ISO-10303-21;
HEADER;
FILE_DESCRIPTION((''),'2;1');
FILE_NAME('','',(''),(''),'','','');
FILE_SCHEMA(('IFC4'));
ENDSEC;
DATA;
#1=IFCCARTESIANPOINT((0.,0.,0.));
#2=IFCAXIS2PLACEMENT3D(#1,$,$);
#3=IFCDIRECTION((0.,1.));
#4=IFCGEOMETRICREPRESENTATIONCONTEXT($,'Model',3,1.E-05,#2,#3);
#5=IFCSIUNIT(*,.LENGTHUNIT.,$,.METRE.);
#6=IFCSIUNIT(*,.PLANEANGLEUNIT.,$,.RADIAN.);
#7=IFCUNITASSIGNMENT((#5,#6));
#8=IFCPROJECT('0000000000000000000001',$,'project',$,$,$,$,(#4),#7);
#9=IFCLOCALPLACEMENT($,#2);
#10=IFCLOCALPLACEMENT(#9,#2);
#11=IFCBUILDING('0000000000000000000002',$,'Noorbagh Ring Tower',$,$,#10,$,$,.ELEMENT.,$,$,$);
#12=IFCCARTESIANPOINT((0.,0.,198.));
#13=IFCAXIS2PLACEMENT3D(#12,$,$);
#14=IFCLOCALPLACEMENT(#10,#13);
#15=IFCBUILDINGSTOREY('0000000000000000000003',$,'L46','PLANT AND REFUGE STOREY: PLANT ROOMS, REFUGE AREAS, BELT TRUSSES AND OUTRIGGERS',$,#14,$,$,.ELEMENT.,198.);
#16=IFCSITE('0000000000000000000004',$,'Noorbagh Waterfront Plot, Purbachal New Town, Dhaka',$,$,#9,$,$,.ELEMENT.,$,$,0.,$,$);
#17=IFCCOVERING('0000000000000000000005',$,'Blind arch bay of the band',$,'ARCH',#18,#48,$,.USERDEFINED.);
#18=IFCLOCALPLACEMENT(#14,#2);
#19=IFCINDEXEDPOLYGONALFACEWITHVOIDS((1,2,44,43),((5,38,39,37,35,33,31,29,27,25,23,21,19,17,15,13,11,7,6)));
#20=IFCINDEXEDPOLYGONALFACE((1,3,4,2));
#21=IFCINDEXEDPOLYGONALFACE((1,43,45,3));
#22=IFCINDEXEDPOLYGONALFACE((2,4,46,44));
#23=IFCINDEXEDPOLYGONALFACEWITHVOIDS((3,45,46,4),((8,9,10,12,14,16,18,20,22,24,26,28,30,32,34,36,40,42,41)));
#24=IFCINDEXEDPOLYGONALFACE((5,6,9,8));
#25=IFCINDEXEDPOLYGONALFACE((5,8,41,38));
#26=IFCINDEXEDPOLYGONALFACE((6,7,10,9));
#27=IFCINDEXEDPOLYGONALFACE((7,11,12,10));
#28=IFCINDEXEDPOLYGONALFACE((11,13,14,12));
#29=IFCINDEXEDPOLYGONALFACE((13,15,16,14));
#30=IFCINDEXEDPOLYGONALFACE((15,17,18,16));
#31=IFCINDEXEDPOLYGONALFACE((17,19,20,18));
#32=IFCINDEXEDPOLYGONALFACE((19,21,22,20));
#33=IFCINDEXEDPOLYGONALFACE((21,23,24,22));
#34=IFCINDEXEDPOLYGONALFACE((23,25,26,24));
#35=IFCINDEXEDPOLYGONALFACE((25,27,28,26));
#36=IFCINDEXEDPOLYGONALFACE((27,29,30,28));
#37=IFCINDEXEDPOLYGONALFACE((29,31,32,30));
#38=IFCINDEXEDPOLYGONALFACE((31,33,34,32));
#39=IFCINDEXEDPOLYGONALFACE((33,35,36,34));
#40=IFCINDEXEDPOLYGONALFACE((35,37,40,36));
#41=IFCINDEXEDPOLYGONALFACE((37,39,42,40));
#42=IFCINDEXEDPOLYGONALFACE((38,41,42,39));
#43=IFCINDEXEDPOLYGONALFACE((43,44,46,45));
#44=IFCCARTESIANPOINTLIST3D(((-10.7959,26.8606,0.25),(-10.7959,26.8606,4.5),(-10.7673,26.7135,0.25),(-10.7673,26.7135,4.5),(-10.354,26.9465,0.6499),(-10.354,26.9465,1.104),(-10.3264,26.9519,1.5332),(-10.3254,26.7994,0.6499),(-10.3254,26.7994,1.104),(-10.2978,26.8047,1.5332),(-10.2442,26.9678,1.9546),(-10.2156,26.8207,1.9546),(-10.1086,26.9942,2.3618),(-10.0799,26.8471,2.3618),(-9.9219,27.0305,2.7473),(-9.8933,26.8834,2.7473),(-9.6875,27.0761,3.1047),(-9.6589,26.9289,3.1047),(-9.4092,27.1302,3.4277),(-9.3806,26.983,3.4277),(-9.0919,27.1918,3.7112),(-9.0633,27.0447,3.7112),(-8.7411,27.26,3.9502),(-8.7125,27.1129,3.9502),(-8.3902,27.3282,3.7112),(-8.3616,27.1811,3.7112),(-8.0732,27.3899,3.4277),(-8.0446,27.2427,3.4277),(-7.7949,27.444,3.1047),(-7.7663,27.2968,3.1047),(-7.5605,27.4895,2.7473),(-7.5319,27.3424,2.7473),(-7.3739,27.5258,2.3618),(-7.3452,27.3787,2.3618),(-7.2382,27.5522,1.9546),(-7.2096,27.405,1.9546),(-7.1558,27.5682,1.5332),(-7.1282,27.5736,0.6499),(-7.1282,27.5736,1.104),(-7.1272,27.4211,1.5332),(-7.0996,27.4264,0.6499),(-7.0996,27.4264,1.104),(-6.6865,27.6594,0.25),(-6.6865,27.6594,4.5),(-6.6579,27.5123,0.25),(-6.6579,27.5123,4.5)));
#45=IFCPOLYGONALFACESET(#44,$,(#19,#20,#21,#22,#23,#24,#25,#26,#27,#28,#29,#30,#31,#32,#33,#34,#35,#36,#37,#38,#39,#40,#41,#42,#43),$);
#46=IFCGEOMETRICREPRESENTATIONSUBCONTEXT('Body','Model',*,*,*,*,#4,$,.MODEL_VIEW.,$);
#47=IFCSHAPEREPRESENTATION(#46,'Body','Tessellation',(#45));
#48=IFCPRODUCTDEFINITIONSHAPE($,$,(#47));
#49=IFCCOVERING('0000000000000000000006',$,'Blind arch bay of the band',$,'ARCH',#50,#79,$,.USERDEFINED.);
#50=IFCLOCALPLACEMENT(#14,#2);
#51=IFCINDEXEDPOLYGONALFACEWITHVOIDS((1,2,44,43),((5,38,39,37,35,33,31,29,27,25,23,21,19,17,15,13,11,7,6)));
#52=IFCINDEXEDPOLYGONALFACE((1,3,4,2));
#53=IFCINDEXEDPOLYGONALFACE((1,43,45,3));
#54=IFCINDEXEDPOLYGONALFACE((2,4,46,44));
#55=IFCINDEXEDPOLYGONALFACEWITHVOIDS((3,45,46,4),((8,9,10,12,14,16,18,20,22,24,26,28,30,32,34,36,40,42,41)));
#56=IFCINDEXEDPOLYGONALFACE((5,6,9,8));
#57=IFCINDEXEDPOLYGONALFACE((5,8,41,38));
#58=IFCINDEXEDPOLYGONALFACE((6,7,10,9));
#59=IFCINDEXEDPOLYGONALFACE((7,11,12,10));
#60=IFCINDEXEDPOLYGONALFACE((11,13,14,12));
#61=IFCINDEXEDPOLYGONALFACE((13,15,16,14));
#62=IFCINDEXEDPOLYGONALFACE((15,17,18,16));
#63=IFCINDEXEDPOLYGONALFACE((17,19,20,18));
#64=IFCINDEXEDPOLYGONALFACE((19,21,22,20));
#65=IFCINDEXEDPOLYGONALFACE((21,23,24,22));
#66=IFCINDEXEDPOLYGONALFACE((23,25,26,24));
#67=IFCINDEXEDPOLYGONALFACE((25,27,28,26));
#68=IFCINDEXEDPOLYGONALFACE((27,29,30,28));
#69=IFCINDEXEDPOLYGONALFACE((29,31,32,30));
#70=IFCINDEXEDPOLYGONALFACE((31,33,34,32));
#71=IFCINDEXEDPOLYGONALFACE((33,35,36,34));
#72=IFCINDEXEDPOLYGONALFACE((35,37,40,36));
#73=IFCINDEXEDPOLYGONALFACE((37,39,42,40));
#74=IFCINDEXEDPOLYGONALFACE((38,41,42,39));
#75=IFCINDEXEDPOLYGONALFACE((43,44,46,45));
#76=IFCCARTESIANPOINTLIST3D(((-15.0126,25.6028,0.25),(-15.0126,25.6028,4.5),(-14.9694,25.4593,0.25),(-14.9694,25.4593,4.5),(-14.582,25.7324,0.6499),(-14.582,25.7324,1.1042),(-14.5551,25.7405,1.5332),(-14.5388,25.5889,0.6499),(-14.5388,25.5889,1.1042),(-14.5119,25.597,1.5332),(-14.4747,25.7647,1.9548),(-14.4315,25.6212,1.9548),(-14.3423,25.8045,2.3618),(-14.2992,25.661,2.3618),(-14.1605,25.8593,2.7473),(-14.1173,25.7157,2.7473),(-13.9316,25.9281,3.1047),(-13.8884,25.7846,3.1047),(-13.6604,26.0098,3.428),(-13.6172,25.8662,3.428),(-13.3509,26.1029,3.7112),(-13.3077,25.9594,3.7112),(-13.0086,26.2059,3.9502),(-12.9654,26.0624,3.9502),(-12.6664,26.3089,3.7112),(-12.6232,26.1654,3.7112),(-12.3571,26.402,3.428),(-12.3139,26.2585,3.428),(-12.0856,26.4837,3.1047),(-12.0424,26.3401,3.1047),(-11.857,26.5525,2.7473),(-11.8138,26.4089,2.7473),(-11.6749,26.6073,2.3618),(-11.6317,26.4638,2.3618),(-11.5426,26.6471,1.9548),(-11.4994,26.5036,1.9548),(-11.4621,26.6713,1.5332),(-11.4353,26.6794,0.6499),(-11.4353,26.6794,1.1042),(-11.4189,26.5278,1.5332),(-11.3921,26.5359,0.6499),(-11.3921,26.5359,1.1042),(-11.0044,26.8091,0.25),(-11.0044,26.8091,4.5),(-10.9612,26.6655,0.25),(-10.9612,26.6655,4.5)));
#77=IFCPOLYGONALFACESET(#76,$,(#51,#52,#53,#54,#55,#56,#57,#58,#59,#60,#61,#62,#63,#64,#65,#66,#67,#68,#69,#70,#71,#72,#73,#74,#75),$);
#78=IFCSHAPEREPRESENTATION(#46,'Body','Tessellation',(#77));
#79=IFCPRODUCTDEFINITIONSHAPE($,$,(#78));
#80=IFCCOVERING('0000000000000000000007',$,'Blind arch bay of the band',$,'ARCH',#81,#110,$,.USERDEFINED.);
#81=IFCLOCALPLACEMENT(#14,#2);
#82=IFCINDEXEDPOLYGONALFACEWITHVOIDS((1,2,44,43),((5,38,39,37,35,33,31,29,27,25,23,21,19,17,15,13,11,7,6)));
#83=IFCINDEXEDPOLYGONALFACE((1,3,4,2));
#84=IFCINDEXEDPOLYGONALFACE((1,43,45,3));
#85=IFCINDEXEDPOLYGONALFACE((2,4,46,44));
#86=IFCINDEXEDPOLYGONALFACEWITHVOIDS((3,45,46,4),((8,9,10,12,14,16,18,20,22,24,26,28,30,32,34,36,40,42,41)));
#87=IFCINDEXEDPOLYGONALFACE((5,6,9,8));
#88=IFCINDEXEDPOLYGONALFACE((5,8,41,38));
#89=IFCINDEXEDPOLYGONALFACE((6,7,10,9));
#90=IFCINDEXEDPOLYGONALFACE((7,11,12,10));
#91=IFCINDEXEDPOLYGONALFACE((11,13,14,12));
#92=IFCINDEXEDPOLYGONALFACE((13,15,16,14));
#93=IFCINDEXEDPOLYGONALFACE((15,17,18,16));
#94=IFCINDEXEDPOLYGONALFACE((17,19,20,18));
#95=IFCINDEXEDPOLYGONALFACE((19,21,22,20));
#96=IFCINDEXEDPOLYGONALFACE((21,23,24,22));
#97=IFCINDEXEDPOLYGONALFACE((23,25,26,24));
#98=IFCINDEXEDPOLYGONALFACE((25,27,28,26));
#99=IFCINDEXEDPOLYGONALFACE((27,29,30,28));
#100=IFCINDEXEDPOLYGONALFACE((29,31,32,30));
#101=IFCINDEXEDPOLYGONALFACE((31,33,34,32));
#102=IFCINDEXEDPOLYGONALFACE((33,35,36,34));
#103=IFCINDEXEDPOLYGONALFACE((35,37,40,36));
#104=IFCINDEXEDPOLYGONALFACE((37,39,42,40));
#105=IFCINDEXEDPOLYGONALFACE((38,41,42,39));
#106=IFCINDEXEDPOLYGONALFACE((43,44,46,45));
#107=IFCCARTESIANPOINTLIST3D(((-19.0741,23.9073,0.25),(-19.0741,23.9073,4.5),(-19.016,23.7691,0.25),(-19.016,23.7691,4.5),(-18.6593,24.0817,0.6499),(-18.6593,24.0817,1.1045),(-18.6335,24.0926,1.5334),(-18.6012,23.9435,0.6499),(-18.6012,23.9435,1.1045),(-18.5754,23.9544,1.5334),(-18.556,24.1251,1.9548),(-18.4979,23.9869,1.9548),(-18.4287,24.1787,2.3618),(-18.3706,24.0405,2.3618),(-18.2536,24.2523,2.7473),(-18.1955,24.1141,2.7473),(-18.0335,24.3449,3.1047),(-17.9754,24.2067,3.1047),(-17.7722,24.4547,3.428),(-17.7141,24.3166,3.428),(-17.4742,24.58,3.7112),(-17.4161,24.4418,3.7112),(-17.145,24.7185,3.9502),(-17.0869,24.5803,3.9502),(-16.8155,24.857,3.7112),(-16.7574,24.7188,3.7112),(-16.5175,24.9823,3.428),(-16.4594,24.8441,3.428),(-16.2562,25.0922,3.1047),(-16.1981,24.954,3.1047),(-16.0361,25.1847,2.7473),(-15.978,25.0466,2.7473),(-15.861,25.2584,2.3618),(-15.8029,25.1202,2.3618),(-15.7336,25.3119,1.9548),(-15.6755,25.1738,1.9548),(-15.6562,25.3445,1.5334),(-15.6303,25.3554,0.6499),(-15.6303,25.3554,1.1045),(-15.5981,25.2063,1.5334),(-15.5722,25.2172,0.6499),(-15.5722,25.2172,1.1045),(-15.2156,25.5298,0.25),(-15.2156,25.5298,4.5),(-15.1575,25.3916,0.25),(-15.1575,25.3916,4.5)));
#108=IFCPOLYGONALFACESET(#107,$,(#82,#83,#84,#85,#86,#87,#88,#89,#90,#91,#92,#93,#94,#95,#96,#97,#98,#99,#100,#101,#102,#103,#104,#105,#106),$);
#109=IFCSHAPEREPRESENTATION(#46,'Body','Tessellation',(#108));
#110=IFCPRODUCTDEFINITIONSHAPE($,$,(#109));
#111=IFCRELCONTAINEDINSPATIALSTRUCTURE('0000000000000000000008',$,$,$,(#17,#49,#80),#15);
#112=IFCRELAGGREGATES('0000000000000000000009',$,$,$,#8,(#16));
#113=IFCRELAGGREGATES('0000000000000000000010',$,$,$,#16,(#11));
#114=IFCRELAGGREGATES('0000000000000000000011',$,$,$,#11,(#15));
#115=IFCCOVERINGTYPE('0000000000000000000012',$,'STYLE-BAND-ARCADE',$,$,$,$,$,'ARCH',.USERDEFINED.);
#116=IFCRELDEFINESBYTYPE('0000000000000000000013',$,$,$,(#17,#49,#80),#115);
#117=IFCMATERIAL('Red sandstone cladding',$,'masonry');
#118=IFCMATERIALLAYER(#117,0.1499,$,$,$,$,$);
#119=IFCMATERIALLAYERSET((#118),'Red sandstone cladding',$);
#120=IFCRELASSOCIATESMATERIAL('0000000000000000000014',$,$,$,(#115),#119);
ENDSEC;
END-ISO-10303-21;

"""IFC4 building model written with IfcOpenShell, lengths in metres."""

from ifc_helpers import new_model, si_unit, direction, frame, origin, place, context, subcontext, project, spatial, polyline, outline, extrude, material, layer, layer_set, type_object, element, save


model = new_model("IFC4")

# Units and contexts
model_context = context("Model", 3, precision=1e-05, world=origin(), true_north=direction((0.0, 1.0)))
body_context = subcontext(model_context, "Body", "Model", "MODEL_VIEW")
ifc_project = project(units=[si_unit("LENGTHUNIT", "METRE"), si_unit("PLANEANGLEUNIT", "RADIAN")], contexts=[model_context])

# Site, building, storey
site_placement = place(None, origin())
site = spatial("IfcSite", under=ifc_project, at=site_placement, Name="Noorbagh Waterfront Plot, Purbachal New Town, Dhaka", CompositionType="ELEMENT", RefElevation=0.0)
building_placement = place(site_placement, origin())
building = spatial("IfcBuilding", under=site, at=building_placement, Name="Noorbagh Ring Tower", CompositionType="ELEMENT")
storey_placement = place(building_placement, frame((0.0, 0.0, 198.0)))
storey = spatial("IfcBuildingStorey", under=building, at=storey_placement, Name="L46", Description="PLANT AND REFUGE STOREY: PLANT ROOMS, REFUGE AREAS, BELT TRUSSES AND OUTRIGGERS", CompositionType="ELEMENT", Elevation=198.0)

# Coverings
ifc_material_1 = material(Name="Red sandstone cladding", Category="masonry")
ifc_layer_1 = layer(ifc_material_1, 0.1499)
ifc_layer_set_1 = layer_set([ifc_layer_1], Name="Red sandstone cladding")
covering_type_1 = type_object("IfcCoveringType", Name="STYLE-BAND-ARCADE", ElementType="ARCH", PredefinedType="USERDEFINED", material=ifc_layer_set_1)
covering_1_placement = place(storey_placement, frame((-6.6865, 27.6594, 0.25), z_axis=(-0.19082, 0.981625, 0.0), x_axis=(-0.981625, -0.19082, 0.0)))
element("IfcCovering", 1, at=covering_1_placement, inside=storey, type_object=covering_type_1, Name="Blind arch bay of the band", ObjectType="ARCH", PredefinedType="USERDEFINED", context=body_context, shape_type="SweptSolid", body=[
    extrude(outline(polyline([(0.0, 0.0), (4.1863, 0.0), (4.1863, 4.25), (0.0, 4.25), (0.0, 0.0)]), holes=[polyline([(0.45, 0.3999), (0.45, 0.854), (0.478, 1.2832), (0.562, 1.7046), (0.7002, 2.1118), (0.8904, 2.4973), (1.1292, 2.8547), (1.4126, 3.1777), (1.7356, 3.4612), (2.093, 3.7002), (2.4504, 3.4612), (2.7737, 3.1777), (3.0571, 2.8547), (3.2959, 2.4973), (3.4861, 2.1118), (3.6243, 1.7046), (3.708, 1.2832), (3.7361, 0.854), (3.7361, 0.3999), (0.45, 0.3999)])]), origin(), (0.0, 0.0, -1.0), 0.1499),
])
covering_2_placement = place(storey_placement, frame((-11.0044, 26.8091, 0.25), z_axis=(-0.288183, 0.957575, 0.0), x_axis=(-0.957575, -0.288183, 0.0)))
element("IfcCovering", 2, at=covering_2_placement, inside=storey, type_object=covering_type_1, Name="Blind arch bay of the band", ObjectType="ARCH", PredefinedType="USERDEFINED", context=body_context, shape_type="SweptSolid", body=[
    extrude(outline(polyline([(0.0, 0.0), (4.1858, 0.0), (4.1858, 4.25), (0.0, 4.25), (0.0, 0.0)]), holes=[polyline([(0.45, 0.3999), (0.45, 0.8542), (0.478, 1.2832), (0.562, 1.7048), (0.7002, 2.1118), (0.8904, 2.4973), (1.1292, 2.8547), (1.4126, 3.178), (1.7356, 3.4612), (2.093, 3.7002), (2.4504, 3.4612), (2.7737, 3.178), (3.0569, 2.8547), (3.2959, 2.4973), (3.4858, 2.1118), (3.624, 1.7048), (3.708, 1.2832), (3.7361, 0.8542), (3.7361, 0.3999), (0.45, 0.3999)])]), origin(), (0.0, 0.0, -1.0), 0.1499),
])
covering_3_placement = place(storey_placement, frame((-15.2156, 25.5298, 0.25), z_axis=(-0.387624, 0.921818, 0.0), x_axis=(-0.921818, -0.387624, 0.0)))
element("IfcCovering", 3, at=covering_3_placement, inside=storey, type_object=covering_type_1, Name="Blind arch bay of the band", ObjectType="ARCH", PredefinedType="USERDEFINED", context=body_context, shape_type="SweptSolid", body=[
    extrude(outline(polyline([(0.0, 0.0), (4.1858, 0.0), (4.1858, 4.25), (0.0, 4.25), (0.0, 0.0)]), holes=[polyline([(0.45, 0.3999), (0.45, 0.8545), (0.478, 1.2834), (0.562, 1.7048), (0.7002, 2.1118), (0.8901, 2.4973), (1.1289, 2.8547), (1.4124, 3.178), (1.7356, 3.4612), (2.093, 3.7002), (2.4502, 3.4612), (2.7734, 3.178), (3.0569, 2.8547), (3.2957, 2.4973), (3.4856, 2.1118), (3.6238, 1.7048), (3.7078, 1.2834), (3.7358, 0.8545), (3.7358, 0.3999), (0.45, 0.3999)])]), origin(), (0.0, 0.0, -1.0), 0.1499),
])

save(model, "model.ifc")
